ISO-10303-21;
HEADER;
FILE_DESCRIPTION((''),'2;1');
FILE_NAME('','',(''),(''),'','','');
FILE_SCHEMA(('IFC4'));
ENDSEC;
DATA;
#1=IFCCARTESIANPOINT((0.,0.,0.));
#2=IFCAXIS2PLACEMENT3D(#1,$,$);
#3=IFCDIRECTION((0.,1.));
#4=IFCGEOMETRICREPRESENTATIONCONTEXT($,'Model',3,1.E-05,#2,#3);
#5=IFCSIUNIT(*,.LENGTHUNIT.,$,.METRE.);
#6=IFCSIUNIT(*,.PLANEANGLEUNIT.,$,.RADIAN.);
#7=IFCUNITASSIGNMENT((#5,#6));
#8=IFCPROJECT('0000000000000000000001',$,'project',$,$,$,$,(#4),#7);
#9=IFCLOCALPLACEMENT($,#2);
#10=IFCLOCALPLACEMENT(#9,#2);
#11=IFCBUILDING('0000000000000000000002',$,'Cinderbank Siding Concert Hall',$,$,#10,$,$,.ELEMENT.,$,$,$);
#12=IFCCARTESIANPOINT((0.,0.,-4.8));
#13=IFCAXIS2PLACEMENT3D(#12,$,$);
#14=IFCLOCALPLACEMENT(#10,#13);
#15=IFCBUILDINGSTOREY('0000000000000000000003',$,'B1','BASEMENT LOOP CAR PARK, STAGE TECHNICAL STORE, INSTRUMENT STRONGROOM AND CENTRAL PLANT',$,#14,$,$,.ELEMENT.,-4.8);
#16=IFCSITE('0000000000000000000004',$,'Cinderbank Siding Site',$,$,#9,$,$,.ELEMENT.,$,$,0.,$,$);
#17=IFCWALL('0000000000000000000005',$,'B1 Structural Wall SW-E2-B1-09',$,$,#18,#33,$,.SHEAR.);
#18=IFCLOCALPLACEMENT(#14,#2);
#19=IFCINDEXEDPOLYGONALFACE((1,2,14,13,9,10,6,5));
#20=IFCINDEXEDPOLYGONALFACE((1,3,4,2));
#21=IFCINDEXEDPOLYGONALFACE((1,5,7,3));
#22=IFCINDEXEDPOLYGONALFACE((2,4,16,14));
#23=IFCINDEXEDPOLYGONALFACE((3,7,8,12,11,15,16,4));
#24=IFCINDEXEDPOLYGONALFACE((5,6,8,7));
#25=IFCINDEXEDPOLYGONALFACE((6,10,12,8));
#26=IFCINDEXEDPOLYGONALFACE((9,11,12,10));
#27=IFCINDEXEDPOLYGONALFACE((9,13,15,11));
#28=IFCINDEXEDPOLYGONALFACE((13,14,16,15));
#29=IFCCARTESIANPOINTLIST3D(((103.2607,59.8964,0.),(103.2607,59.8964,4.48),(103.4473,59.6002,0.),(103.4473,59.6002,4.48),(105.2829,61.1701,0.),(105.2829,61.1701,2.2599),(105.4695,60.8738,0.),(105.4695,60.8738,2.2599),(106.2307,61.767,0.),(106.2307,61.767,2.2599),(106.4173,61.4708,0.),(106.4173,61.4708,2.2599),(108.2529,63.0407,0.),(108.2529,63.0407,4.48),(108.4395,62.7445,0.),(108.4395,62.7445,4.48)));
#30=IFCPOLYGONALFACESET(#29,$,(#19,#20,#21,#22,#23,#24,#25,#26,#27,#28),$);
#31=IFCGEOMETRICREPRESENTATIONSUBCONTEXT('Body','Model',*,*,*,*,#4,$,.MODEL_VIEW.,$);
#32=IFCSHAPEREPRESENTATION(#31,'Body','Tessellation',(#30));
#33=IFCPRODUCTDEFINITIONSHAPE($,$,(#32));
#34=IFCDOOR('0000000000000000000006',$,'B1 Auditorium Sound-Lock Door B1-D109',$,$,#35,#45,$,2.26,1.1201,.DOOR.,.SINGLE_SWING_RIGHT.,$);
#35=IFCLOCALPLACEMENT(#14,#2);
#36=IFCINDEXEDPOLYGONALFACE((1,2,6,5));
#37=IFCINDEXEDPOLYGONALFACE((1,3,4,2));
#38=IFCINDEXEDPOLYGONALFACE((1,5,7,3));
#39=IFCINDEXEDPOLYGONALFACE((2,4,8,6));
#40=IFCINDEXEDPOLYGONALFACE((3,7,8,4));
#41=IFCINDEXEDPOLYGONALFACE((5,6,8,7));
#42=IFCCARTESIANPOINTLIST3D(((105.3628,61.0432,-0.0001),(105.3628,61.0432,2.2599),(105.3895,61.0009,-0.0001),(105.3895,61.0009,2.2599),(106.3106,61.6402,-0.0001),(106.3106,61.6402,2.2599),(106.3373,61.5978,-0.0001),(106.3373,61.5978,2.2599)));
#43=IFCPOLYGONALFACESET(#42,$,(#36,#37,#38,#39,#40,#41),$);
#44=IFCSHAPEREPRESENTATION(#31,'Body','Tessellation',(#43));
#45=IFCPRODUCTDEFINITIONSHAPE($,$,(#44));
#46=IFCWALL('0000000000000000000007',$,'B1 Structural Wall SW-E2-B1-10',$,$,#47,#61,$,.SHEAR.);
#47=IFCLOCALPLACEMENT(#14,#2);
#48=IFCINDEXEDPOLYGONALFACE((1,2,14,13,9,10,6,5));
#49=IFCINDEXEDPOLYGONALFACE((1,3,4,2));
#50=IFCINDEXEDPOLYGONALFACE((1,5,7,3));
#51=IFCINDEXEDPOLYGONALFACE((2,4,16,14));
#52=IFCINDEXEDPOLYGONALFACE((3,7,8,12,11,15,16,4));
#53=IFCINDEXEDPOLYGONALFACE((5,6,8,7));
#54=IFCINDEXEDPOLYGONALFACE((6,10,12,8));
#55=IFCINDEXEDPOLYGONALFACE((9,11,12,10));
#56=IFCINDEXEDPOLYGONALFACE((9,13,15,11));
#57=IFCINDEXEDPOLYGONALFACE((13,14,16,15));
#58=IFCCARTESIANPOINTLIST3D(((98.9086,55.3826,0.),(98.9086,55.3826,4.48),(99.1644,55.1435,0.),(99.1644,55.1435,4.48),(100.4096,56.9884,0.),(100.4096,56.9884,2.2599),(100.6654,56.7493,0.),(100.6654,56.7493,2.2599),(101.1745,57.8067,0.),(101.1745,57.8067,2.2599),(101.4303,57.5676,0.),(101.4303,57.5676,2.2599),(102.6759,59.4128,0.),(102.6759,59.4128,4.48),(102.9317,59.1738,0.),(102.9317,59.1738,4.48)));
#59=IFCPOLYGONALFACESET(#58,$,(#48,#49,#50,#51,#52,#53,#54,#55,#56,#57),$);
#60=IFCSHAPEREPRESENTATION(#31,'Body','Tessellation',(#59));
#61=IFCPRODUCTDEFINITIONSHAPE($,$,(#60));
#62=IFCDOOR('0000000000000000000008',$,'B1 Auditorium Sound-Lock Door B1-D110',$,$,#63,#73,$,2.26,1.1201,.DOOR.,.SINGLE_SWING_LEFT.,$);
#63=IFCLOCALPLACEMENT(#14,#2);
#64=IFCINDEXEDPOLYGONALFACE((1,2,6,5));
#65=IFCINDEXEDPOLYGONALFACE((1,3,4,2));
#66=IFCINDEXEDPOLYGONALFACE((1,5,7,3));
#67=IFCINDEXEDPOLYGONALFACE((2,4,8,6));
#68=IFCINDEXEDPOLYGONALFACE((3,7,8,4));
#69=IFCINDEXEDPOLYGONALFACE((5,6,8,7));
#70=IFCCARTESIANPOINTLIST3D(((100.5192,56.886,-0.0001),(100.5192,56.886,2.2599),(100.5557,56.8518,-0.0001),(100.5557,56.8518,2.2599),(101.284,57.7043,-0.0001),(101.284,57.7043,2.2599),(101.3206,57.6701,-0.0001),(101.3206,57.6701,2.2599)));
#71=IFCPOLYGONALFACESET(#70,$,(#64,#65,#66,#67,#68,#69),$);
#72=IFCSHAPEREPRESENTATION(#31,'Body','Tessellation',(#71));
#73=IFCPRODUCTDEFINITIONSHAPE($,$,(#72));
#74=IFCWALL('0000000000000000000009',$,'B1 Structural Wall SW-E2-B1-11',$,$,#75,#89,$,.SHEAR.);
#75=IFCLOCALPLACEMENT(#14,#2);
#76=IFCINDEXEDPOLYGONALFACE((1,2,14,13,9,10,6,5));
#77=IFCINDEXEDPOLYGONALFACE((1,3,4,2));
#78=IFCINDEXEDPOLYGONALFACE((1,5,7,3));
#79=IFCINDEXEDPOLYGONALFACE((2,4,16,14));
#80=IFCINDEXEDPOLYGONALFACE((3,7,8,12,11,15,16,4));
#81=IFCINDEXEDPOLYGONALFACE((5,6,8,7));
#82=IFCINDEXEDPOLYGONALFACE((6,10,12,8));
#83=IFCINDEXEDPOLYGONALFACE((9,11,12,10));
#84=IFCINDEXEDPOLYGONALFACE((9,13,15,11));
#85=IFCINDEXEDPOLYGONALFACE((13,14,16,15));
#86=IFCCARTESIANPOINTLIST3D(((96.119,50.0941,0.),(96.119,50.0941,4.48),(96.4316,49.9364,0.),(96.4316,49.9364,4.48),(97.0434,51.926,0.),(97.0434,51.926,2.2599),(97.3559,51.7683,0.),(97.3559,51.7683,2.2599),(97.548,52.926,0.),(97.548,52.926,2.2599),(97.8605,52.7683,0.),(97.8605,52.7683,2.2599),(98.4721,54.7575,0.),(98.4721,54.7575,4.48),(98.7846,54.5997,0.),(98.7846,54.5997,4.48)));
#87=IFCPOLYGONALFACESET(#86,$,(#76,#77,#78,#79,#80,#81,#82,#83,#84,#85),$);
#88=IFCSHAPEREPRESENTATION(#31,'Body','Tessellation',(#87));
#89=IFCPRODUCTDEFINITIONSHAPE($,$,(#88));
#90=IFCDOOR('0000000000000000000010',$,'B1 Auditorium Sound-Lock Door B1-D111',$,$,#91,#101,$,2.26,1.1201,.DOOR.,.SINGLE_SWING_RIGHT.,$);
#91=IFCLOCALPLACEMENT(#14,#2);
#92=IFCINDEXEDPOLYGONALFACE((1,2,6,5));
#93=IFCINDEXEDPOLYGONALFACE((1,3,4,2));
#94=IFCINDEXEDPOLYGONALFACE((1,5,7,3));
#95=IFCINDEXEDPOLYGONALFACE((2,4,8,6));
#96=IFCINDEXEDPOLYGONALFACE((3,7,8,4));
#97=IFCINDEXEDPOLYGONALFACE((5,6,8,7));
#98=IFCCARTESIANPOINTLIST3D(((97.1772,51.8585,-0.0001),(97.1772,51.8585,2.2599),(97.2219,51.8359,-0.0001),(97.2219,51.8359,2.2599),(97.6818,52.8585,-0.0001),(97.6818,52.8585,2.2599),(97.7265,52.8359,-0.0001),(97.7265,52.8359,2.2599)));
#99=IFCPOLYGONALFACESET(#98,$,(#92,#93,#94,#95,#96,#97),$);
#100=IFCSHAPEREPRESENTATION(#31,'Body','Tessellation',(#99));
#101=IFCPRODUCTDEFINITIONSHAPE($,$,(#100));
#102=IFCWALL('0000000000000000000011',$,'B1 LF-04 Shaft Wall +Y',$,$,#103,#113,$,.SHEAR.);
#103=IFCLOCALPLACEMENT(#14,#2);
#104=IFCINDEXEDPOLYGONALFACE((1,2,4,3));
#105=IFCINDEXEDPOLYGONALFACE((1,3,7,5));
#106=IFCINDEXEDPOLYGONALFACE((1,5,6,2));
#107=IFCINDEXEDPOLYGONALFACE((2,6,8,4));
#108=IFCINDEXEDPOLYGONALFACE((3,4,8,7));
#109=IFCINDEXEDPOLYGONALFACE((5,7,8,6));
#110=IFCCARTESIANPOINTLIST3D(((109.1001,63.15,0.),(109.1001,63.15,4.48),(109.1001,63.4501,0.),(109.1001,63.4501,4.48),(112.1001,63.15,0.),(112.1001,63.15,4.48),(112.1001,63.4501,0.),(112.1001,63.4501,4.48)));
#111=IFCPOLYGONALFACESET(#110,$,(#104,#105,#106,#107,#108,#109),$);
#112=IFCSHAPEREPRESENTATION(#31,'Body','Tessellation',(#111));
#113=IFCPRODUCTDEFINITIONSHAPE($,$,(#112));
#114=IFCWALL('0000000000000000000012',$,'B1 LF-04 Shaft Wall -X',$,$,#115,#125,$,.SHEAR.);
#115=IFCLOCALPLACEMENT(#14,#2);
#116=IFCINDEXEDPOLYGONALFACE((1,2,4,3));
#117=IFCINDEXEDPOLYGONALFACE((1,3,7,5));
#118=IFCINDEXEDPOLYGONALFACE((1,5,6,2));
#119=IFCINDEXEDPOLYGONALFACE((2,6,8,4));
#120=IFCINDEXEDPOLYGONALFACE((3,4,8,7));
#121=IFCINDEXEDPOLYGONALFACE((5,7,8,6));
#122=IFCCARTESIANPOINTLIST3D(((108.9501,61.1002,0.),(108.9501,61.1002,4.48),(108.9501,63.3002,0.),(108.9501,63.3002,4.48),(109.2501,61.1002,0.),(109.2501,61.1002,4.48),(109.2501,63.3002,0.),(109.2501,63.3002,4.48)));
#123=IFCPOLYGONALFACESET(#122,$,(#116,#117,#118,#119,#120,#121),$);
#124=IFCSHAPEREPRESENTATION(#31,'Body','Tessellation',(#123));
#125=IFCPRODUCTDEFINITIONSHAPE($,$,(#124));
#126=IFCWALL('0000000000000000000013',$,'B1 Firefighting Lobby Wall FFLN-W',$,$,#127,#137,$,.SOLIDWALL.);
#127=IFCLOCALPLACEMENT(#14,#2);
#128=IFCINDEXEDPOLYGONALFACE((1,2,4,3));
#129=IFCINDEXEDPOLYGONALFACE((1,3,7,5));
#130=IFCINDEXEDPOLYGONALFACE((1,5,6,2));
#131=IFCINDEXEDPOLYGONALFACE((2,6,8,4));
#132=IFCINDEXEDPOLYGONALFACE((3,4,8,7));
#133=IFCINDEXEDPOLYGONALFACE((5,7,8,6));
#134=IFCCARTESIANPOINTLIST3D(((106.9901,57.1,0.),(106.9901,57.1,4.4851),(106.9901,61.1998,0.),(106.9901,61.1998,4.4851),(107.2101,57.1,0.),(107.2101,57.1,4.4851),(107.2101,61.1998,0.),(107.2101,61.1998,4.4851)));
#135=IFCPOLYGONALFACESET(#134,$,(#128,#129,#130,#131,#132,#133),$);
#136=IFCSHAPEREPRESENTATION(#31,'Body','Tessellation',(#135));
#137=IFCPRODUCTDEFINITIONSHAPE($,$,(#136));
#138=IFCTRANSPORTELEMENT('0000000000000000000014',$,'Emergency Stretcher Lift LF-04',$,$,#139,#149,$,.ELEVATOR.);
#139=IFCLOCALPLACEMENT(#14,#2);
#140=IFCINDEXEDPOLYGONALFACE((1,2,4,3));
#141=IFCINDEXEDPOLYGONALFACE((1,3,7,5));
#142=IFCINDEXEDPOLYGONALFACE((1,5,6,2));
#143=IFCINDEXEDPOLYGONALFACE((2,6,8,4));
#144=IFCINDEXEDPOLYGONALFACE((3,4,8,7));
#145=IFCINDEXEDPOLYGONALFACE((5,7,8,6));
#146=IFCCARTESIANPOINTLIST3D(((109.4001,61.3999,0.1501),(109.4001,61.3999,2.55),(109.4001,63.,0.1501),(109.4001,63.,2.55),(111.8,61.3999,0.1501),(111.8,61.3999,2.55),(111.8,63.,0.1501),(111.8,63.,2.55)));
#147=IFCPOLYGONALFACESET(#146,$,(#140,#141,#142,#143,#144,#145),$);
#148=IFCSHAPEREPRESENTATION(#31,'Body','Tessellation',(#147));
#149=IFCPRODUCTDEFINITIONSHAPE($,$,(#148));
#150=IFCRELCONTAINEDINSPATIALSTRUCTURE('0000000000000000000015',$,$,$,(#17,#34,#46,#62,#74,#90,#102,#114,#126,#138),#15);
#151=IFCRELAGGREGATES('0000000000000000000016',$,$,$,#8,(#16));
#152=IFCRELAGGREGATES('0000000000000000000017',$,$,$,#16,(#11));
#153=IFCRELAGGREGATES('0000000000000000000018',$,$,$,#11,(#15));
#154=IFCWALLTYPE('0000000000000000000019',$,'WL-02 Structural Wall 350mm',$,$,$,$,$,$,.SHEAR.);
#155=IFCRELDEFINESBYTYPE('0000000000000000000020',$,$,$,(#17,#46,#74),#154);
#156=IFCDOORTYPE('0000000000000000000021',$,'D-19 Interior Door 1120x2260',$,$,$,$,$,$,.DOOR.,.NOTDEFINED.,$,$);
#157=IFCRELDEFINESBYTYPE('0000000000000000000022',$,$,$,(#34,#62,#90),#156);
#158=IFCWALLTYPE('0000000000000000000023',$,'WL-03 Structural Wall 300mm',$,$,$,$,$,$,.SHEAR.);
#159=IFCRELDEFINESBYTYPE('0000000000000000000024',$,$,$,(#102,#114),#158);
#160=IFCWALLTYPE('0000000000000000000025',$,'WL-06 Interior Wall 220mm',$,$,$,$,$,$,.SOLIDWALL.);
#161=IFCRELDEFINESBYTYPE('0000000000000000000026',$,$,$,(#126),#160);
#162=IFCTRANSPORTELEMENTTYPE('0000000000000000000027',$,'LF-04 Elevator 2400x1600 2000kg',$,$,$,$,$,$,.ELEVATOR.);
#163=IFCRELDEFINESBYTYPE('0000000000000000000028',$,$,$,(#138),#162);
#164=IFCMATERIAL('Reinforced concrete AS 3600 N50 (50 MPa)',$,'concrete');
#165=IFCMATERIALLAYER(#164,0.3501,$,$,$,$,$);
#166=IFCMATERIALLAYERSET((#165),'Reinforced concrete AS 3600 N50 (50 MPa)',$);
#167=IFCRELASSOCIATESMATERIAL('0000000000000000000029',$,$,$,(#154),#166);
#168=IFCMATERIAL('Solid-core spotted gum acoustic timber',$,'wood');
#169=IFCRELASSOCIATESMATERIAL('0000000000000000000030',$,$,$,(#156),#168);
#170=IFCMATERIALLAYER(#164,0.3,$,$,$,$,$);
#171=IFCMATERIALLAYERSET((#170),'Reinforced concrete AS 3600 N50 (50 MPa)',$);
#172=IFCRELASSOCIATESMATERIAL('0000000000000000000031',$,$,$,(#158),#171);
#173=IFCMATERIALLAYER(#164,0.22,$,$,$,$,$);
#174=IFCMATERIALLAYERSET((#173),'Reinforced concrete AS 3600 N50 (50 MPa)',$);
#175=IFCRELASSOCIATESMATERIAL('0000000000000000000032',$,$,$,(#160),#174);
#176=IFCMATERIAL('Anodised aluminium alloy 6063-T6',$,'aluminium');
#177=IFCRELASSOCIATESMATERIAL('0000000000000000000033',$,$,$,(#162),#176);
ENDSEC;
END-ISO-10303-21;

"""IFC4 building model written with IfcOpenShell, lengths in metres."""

from ifc_helpers import new_model, si_unit, direction, frame, frame_2d, origin, origin_2d, place, context, subcontext, project, spatial, rectangle, extrude, material, layer, layer_set, type_object, element, fill, save


model = new_model("IFC4")

# Units and contexts
model_context = context("Model", 3, precision=1e-05, world=origin(), true_north=direction((0.0, 1.0)))
body_context = subcontext(model_context, "Body", "Model", "MODEL_VIEW")
ifc_project = project(units=[si_unit("LENGTHUNIT", "METRE"), si_unit("PLANEANGLEUNIT", "RADIAN")], contexts=[model_context])

# Site, building, storey
site_placement = place(None, origin())
site = spatial("IfcSite", under=ifc_project, at=site_placement, Name="Cinderbank Siding Site", CompositionType="ELEMENT", RefElevation=0.0)
building_placement = place(site_placement, origin())
building = spatial("IfcBuilding", under=site, at=building_placement, Name="Cinderbank Siding Concert Hall", CompositionType="ELEMENT")
storey_placement = place(building_placement, frame((0.0, 0.0, -4.8)))
storey = spatial("IfcBuildingStorey", under=building, at=storey_placement, Name="B1", Description="BASEMENT LOOP CAR PARK, STAGE TECHNICAL STORE, INSTRUMENT STRONGROOM AND CENTRAL PLANT", CompositionType="ELEMENT", Elevation=-4.8)

# Shared definitions
ifc_material_1 = material(Name="Reinforced concrete AS 3600 N50 (50 MPa)", Category="concrete")

# Walls, openings, doors
ifc_material_2 = material(Name="Solid-core spotted gum acoustic timber", Category="wood")
ifc_layer_1 = layer(ifc_material_1, 0.3501)
ifc_layer_set_1 = layer_set([ifc_layer_1], Name="Reinforced concrete AS 3600 N50 (50 MPa)")
wall_type_1 = type_object("IfcWallType", Name="WL-02 Structural Wall 350mm", PredefinedType="SHEAR", material=ifc_layer_set_1)
wall_1_placement = place(storey_placement, frame((108.3462, 62.8926, 0.0), z_axis=(0.0, 0.0, 1.0), x_axis=(-0.846152, -0.532942, 0.0)))
wall_1 = element("IfcWall", 1, at=wall_1_placement, inside=storey, type_object=wall_type_1, Name="B1 Structural Wall SW-E2-B1-09", PredefinedType="SHEAR", context=body_context, shape_type="SweptSolid", body=[
    extrude(rectangle(XDim=5.8999, YDim=0.3501, at=frame_2d((2.95, 0.0))), origin(), (0.0, 0.0, 1.0), 4.48),
])
opening_1_placement = place(wall_1_placement, frame((2.3899, 0.0, 0.0)))
opening_1 = element("IfcOpeningElement", 2, at=opening_1_placement, cuts=wall_1, PredefinedType="OPENING", context=body_context, shape_type="SweptSolid", body=[
    extrude(rectangle(XDim=1.1201, YDim=2.26, at=frame_2d((0.5601, 1.1299))), frame((0.0, 0.187, 0.0), z_axis=(0.0, -1.0, 0.0), x_axis=(1.0, 0.0, 0.0)), (0.0, 0.0, 1.0), 0.374),
])
door_type_1 = type_object("IfcDoorType", Name="D-19 Interior Door 1120x2260", OperationType="NOTDEFINED", PredefinedType="DOOR", material=ifc_material_2)
door_1_placement = place(opening_1_placement, origin())
door_1 = element("IfcDoor", 3, at=door_1_placement, inside=storey, type_object=door_type_1, Name="B1 Auditorium Sound-Lock Door B1-D109", OperationType="SINGLE_SWING_RIGHT", OverallHeight=2.26, OverallWidth=1.1201, PredefinedType="DOOR", context=body_context, shape_type="SweptSolid", body=[
    extrude(rectangle(XDim=1.1201, YDim=2.26, at=frame_2d((0.5601, 1.1299))), frame((0.0, 0.0249, 0.0), z_axis=(0.0, -1.0, 0.0), x_axis=(1.0, 0.0, 0.0)), (0.0, 0.0, 1.0), 0.05),
])
fill(opening_1, door_1)
wall_2_placement = place(storey_placement, frame((102.8037, 59.2932, 0.0), z_axis=(0.0, 0.0, 1.0), x_axis=(-0.682875, -0.730536, 0.0)))
wall_2 = element("IfcWall", 4, at=wall_2_placement, inside=storey, type_object=wall_type_1, Name="B1 Structural Wall SW-E2-B1-10", PredefinedType="SHEAR", context=body_context, shape_type="SweptSolid", body=[
    extrude(rectangle(XDim=5.5168, YDim=0.3501, at=frame_2d((2.7583, 0.0))), origin(), (0.0, 0.0, 1.0), 4.48),
])
opening_2_placement = place(wall_2_placement, frame((2.1985, 0.0, 0.0)))
opening_2 = element("IfcOpeningElement", 5, at=opening_2_placement, cuts=wall_2, PredefinedType="OPENING", context=body_context, shape_type="SweptSolid", body=[
    extrude(rectangle(XDim=1.1201, YDim=2.26, at=frame_2d((0.5601, 1.1299))), frame((0.0, 0.187, 0.0), z_axis=(0.0, -1.0, 0.0), x_axis=(1.0, 0.0, 0.0)), (0.0, 0.0, 1.0), 0.374),
])
door_2_placement = place(opening_2_placement, origin())
door_2 = element("IfcDoor", 6, at=door_2_placement, inside=storey, type_object=door_type_1, Name="B1 Auditorium Sound-Lock Door B1-D110", OperationType="SINGLE_SWING_LEFT", OverallHeight=2.26, OverallWidth=1.1201, PredefinedType="DOOR", context=body_context, shape_type="SweptSolid", body=[
    extrude(rectangle(XDim=1.1201, YDim=2.26, at=frame_2d((0.5601, 1.1299))), frame((0.0, 0.0249, 0.0), z_axis=(0.0, -1.0, 0.0), x_axis=(1.0, 0.0, 0.0)), (0.0, 0.0, 1.0), 0.05),
])
fill(opening_2, door_2)
wall_3_placement = place(storey_placement, frame((98.6284, 54.6787, 0.0), z_axis=(0.0, 0.0, 1.0), x_axis=(-0.450482, -0.892785, 0.0)))
wall_3 = element("IfcWall", 7, at=wall_3_placement, inside=storey, type_object=wall_type_1, Name="B1 Structural Wall SW-E2-B1-11", PredefinedType="SHEAR", context=body_context, shape_type="SweptSolid", body=[
    extrude(rectangle(XDim=5.2234, YDim=0.3501, at=frame_2d((2.6118, 0.0))), origin(), (0.0, 0.0, 1.0), 4.48),
])
opening_3_placement = place(wall_3_placement, frame((2.0515, 0.0, 0.0)))
opening_3 = element("IfcOpeningElement", 8, at=opening_3_placement, cuts=wall_3, PredefinedType="OPENING", context=body_context, shape_type="SweptSolid", body=[
    extrude(rectangle(XDim=1.1201, YDim=2.26, at=frame_2d((0.5601, 1.1299))), frame((0.0, 0.187, 0.0), z_axis=(0.0, -1.0, 0.0), x_axis=(1.0, 0.0, 0.0)), (0.0, 0.0, 1.0), 0.374),
])
door_3_placement = place(opening_3_placement, origin())
door_3 = element("IfcDoor", 9, at=door_3_placement, inside=storey, type_object=door_type_1, Name="B1 Auditorium Sound-Lock Door B1-D111", OperationType="SINGLE_SWING_RIGHT", OverallHeight=2.26, OverallWidth=1.1201, PredefinedType="DOOR", context=body_context, shape_type="SweptSolid", body=[
    extrude(rectangle(XDim=1.1201, YDim=2.26, at=frame_2d((0.5601, 1.1299))), frame((0.0, 0.0249, 0.0), z_axis=(0.0, -1.0, 0.0), x_axis=(1.0, 0.0, 0.0)), (0.0, 0.0, 1.0), 0.05),
])
fill(opening_3, door_3)

# Walls
ifc_layer_2 = layer(ifc_material_1, 0.3)
ifc_layer_set_2 = layer_set([ifc_layer_2], Name="Reinforced concrete AS 3600 N50 (50 MPa)")
wall_type_2 = type_object("IfcWallType", Name="WL-03 Structural Wall 300mm", PredefinedType="SHEAR", material=ifc_layer_set_2)
wall_4_placement = place(storey_placement, frame((109.1001, 63.3, 0.0), z_axis=(0.0, 0.0, 1.0), x_axis=(1.0, 0.0, 0.0)))
element("IfcWall", 10, at=wall_4_placement, inside=storey, type_object=wall_type_2, Name="B1 LF-04 Shaft Wall +Y", PredefinedType="SHEAR", context=body_context, shape_type="SweptSolid", body=[
    extrude(rectangle(XDim=3.0, YDim=0.3, at=frame_2d((1.5, 0.0))), origin(), (0.0, 0.0, 1.0), 4.48),
])
wall_5_placement = place(storey_placement, frame((109.1001, 61.1001, 0.0), z_axis=(0.0, 0.0, 1.0), x_axis=(0.0, 1.0, 0.0)))
element("IfcWall", 11, at=wall_5_placement, inside=storey, type_object=wall_type_2, Name="B1 LF-04 Shaft Wall -X", PredefinedType="SHEAR", context=body_context, shape_type="SweptSolid", body=[
    extrude(rectangle(XDim=2.2, YDim=0.3, at=frame_2d((1.1001, 0.0))), origin(), (0.0, 0.0, 1.0), 4.48),
])
ifc_layer_3 = layer(ifc_material_1, 0.22)
ifc_layer_set_3 = layer_set([ifc_layer_3], Name="Reinforced concrete AS 3600 N50 (50 MPa)")
wall_type_3 = type_object("IfcWallType", Name="WL-06 Interior Wall 220mm", PredefinedType="SOLIDWALL", material=ifc_layer_set_3)
wall_6_placement = place(storey_placement, frame((107.1001, 57.1001, 0.0), z_axis=(0.0, 0.0, 1.0), x_axis=(0.0, 1.0, 0.0)))
element("IfcWall", 12, at=wall_6_placement, inside=storey, type_object=wall_type_3, Name="B1 Firefighting Lobby Wall FFLN-W", PredefinedType="SOLIDWALL", context=body_context, shape_type="SweptSolid", body=[
    extrude(rectangle(XDim=4.0999, YDim=0.22, at=frame_2d((2.0498, 0.0))), origin(), (0.0, 0.0, 1.0), 4.4851),
])

# Transport element
ifc_material_3 = material(Name="Anodised aluminium alloy 6063-T6", Category="aluminium")
transport_element_type = type_object("IfcTransportElementType", Name="LF-04 Elevator 2400x1600 2000kg", PredefinedType="ELEVATOR", material=ifc_material_3)
transport_element_placement = place(storey_placement, frame((110.6001, 62.2, 0.1501), z_axis=(0.0, 0.0, 1.0), x_axis=(1.0, 0.0, 0.0)))
element("IfcTransportElement", 13, at=transport_element_placement, inside=storey, type_object=transport_element_type, Name="Emergency Stretcher Lift LF-04", PredefinedType="ELEVATOR", context=body_context, shape_type="SweptSolid", body=[
    extrude(rectangle(XDim=2.3999, YDim=1.6001, at=origin_2d()), origin(), (0.0, 0.0, 1.0), 2.3999),
])

save(model, "model.ifc")
